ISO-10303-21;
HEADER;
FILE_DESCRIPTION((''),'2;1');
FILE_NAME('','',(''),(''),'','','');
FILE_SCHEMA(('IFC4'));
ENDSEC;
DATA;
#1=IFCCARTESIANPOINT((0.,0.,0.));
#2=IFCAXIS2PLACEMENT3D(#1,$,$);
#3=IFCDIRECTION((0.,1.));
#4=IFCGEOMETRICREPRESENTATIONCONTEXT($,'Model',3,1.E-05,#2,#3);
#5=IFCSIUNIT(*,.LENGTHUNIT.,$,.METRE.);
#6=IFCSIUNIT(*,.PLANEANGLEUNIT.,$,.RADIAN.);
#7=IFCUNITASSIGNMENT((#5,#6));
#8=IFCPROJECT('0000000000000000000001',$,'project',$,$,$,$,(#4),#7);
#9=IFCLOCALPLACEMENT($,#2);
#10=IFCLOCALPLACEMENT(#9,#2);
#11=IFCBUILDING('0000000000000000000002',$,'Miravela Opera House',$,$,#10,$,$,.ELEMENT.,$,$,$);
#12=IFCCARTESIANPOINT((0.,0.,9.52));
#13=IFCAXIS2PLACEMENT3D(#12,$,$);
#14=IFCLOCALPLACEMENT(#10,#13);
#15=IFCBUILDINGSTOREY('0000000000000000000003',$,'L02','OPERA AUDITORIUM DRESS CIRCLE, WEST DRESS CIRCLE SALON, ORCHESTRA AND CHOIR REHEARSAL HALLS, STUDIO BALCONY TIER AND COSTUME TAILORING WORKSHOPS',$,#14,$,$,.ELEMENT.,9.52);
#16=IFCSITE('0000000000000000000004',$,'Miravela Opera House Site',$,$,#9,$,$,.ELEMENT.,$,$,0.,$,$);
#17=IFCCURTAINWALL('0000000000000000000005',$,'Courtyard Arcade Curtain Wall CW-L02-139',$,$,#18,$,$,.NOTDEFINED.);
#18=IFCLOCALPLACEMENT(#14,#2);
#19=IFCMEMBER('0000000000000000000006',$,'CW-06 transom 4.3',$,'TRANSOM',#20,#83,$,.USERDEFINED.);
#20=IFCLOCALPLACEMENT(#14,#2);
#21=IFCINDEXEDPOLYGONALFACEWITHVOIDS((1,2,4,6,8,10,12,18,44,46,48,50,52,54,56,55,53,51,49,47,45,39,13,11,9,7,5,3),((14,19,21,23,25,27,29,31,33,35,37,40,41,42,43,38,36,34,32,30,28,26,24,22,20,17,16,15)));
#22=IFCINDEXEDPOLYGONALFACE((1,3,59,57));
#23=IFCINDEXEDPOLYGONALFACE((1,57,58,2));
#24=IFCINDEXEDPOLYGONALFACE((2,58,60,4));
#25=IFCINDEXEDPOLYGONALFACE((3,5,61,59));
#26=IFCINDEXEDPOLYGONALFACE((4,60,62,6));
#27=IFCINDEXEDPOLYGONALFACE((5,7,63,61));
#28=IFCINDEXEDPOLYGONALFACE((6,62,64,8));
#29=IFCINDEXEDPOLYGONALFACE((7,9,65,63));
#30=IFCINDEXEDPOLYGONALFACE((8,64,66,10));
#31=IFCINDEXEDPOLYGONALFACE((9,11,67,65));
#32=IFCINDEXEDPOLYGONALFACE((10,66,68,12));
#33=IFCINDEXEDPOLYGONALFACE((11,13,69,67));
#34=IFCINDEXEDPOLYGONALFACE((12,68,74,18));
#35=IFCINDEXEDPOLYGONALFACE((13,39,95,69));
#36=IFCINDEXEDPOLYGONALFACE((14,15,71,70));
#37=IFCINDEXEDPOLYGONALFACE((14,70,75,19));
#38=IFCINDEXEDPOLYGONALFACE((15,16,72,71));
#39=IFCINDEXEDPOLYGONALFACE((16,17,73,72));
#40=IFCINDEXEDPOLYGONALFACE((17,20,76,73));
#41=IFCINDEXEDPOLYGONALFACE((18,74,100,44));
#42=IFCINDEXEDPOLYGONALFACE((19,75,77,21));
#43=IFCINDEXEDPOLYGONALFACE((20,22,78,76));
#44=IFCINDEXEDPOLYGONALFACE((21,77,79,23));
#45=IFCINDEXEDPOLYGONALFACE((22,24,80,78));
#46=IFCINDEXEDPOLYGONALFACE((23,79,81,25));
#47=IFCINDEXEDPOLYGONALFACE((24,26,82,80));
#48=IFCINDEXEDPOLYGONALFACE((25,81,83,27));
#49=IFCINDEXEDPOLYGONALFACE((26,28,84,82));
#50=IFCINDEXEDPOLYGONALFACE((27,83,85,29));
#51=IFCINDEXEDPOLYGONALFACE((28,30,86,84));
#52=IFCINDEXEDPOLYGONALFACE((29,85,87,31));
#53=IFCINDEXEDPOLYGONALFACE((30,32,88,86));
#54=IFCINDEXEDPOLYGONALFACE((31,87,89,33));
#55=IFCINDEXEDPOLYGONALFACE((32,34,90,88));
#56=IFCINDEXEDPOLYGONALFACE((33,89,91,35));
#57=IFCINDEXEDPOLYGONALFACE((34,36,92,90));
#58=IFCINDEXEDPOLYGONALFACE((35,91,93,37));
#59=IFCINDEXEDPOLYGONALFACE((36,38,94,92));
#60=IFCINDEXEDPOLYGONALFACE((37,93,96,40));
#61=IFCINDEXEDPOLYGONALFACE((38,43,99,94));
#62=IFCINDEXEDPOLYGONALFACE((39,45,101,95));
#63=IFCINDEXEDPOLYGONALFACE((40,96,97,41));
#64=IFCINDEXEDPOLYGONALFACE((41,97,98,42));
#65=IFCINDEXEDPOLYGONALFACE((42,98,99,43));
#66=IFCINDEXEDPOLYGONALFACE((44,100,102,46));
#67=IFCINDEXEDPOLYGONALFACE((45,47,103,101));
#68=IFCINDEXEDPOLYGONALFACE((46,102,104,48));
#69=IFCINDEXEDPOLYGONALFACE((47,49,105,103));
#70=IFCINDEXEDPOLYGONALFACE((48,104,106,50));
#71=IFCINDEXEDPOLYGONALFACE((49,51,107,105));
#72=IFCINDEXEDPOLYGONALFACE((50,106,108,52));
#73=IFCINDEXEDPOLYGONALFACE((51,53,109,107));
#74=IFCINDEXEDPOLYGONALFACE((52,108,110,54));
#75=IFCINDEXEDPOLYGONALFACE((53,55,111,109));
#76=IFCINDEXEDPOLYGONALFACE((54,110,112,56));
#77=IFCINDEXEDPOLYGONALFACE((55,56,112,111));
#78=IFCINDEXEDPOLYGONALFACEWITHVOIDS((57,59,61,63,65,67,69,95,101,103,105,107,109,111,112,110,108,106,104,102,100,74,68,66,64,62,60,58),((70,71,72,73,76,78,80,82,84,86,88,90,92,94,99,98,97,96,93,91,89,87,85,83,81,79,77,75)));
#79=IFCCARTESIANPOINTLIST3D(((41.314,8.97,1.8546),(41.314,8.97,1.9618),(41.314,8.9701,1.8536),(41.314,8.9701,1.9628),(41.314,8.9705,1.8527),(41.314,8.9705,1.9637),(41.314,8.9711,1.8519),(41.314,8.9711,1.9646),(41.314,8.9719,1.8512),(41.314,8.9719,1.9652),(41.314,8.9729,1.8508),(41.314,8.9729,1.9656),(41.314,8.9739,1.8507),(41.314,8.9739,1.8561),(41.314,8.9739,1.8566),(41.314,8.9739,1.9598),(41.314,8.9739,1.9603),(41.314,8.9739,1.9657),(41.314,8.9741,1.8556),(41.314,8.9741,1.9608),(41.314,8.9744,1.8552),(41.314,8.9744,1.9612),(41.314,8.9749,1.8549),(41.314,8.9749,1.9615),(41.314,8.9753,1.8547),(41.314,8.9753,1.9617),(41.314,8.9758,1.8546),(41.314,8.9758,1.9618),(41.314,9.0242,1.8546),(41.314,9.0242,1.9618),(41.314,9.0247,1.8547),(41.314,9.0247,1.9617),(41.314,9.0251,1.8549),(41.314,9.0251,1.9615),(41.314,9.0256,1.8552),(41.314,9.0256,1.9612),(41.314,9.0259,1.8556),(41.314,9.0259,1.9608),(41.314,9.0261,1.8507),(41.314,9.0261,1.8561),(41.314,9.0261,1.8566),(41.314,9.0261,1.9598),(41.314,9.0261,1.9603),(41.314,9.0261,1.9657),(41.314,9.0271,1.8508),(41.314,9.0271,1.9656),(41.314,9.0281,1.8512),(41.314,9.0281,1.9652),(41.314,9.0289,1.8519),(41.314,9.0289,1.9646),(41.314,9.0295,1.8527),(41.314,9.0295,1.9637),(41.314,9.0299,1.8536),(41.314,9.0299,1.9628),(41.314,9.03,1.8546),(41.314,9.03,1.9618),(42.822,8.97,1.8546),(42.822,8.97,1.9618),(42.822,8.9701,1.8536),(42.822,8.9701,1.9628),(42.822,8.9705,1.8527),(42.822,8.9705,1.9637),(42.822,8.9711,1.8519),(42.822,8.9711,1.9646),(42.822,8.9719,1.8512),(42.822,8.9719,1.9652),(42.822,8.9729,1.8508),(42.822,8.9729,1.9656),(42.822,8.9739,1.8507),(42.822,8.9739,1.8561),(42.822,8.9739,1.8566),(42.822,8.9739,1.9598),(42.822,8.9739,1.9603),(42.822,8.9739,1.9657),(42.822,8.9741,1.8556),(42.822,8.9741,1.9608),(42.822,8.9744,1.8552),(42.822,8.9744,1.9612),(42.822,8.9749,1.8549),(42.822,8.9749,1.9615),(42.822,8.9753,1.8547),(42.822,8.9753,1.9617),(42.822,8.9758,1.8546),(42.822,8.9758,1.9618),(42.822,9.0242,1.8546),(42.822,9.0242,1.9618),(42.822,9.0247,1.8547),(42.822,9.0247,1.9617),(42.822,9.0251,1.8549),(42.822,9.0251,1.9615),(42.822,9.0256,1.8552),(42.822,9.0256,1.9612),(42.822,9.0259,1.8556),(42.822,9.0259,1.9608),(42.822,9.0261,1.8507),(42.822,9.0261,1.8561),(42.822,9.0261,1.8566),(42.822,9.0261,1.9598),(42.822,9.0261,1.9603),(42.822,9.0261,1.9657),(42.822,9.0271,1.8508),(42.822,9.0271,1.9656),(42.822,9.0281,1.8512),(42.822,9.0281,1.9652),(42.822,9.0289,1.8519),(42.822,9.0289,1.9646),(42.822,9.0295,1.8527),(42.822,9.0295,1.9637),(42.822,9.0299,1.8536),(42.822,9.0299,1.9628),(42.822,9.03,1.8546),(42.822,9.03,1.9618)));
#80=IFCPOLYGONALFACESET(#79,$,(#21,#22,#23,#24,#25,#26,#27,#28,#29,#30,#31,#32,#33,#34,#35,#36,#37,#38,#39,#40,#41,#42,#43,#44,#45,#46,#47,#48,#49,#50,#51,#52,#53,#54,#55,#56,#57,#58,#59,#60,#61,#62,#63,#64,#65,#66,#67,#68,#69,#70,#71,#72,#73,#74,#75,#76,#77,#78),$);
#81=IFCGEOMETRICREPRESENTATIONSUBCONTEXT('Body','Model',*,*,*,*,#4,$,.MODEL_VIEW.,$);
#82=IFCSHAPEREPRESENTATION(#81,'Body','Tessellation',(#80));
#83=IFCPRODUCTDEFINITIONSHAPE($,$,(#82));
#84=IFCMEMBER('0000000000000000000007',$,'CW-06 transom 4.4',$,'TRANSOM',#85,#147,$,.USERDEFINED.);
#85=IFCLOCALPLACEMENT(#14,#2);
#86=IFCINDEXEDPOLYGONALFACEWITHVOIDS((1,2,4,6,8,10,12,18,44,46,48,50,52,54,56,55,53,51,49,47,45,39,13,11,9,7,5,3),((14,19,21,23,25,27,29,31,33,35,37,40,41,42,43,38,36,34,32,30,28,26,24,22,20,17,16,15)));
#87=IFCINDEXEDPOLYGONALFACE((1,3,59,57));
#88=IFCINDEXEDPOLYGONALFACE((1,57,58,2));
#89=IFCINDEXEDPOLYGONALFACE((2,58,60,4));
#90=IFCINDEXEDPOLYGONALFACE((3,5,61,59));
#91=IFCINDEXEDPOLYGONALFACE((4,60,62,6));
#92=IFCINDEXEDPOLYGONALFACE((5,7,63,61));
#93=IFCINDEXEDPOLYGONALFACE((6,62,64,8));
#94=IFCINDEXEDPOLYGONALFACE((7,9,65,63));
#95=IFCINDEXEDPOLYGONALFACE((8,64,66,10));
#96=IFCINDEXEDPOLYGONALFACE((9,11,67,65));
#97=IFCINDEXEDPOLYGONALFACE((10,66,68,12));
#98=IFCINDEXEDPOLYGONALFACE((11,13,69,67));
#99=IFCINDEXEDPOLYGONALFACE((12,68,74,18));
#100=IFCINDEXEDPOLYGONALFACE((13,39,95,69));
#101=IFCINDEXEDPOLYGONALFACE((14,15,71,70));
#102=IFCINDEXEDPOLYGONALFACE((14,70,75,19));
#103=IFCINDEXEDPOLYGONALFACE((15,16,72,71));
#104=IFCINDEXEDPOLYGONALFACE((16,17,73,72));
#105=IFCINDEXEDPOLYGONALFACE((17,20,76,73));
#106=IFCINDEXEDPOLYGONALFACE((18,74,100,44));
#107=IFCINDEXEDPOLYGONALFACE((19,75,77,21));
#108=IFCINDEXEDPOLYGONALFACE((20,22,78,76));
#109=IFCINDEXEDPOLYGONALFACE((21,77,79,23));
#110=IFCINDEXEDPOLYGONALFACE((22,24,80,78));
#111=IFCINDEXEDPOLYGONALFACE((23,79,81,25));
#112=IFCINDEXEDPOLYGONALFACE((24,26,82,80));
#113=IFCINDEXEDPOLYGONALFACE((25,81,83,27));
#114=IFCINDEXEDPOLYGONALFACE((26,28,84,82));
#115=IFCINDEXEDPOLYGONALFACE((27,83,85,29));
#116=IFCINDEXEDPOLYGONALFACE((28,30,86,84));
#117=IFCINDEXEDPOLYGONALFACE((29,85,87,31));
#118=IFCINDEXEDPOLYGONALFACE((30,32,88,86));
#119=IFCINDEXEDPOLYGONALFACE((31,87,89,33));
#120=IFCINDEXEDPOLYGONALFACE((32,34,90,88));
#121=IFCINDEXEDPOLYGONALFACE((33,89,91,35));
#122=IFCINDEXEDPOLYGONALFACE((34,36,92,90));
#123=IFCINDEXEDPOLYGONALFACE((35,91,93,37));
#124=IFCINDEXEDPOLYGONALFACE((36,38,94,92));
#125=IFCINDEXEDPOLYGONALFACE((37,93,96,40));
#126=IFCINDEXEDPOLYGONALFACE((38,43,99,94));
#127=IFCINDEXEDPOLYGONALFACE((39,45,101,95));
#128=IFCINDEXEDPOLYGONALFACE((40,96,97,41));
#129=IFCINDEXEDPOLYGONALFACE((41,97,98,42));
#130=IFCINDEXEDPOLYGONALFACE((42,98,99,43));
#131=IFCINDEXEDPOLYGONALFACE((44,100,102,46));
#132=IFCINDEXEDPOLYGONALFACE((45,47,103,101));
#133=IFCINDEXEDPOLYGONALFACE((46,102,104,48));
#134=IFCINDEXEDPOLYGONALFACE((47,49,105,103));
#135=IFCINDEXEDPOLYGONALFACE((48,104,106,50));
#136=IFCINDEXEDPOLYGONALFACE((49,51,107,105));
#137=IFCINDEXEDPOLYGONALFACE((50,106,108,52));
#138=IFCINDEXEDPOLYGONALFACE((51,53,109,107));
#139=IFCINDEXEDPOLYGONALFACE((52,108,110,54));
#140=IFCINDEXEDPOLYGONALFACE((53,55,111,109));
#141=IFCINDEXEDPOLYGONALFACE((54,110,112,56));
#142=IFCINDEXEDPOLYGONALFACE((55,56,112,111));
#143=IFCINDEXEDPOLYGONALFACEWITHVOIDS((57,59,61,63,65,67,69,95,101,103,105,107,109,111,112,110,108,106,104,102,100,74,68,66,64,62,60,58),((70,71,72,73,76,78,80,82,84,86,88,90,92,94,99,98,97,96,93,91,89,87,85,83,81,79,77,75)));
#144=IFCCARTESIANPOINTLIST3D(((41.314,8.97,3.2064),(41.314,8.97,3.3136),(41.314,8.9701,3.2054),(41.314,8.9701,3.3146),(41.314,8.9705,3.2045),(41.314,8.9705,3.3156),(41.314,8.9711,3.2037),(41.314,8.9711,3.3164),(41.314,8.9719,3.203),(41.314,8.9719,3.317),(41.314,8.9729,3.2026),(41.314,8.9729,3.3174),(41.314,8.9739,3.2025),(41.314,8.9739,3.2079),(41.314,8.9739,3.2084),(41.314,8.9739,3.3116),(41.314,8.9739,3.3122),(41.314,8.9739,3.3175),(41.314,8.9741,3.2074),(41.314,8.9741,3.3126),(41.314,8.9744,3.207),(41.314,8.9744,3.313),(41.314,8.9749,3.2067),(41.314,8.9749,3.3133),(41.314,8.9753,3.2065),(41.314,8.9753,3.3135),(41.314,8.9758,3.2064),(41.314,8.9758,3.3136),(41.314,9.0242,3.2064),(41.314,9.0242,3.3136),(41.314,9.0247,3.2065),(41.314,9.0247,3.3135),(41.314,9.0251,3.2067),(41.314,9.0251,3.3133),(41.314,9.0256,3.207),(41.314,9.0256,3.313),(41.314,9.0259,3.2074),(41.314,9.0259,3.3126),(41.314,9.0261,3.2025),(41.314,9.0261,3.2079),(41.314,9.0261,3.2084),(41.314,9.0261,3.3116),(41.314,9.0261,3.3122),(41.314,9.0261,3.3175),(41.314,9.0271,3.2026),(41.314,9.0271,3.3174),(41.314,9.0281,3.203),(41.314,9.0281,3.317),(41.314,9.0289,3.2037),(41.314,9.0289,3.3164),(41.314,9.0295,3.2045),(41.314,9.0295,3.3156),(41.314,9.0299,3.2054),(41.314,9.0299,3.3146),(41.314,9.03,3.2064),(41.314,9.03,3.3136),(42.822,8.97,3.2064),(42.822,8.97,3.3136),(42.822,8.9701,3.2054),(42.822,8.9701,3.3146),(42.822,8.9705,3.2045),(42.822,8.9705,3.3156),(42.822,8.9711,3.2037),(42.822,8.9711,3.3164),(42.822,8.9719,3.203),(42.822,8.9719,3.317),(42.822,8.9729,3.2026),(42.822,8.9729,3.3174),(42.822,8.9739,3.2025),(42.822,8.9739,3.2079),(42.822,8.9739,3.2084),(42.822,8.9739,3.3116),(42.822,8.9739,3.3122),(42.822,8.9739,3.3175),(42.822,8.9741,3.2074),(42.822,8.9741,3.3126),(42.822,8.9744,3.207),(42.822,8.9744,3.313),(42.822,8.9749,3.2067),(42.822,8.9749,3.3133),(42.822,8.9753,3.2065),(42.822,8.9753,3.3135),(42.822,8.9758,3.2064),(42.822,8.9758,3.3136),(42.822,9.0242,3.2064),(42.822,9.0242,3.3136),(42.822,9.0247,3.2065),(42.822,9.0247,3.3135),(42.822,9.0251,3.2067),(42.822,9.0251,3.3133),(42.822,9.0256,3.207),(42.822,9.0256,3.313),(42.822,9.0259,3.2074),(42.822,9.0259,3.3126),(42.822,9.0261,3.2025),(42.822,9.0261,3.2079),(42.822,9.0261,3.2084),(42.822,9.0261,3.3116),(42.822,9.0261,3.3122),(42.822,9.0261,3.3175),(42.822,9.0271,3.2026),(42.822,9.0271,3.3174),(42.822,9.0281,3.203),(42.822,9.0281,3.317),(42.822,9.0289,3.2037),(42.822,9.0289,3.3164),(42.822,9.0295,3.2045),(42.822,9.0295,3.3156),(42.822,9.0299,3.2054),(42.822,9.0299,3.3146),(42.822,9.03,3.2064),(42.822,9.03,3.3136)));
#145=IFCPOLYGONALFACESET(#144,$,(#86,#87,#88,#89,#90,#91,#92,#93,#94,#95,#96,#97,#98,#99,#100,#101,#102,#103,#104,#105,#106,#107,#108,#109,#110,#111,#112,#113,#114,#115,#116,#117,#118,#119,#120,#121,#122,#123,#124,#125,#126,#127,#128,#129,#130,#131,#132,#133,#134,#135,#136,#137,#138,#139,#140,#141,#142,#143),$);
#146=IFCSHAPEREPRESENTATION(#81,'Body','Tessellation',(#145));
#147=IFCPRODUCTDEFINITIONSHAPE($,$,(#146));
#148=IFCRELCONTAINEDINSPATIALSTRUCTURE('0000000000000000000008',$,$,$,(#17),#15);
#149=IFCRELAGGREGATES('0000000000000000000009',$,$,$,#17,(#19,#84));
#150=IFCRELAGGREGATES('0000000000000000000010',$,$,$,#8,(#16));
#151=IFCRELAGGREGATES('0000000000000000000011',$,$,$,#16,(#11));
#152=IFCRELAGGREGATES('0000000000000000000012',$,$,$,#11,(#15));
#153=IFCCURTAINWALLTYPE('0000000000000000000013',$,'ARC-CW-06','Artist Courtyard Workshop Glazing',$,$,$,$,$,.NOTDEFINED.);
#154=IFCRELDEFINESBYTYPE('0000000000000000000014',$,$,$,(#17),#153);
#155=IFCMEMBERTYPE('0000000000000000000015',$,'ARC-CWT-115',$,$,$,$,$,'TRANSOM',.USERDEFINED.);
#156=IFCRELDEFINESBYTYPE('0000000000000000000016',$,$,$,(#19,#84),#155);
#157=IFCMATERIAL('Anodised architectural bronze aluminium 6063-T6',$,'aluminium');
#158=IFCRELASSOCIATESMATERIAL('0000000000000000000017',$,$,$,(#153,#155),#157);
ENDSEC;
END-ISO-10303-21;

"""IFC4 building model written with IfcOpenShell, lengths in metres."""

from ifc_helpers import new_model, si_unit, direction, frame, origin, origin_2d, place, context, subcontext, project, spatial, hollow_rectangle, extrude, material, material_profile, profile_set, type_object, element, aggregate, save


model = new_model("IFC4")

# Units and contexts
model_context = context("Model", 3, precision=1e-05, world=origin(), true_north=direction((0.0, 1.0)))
body_context = subcontext(model_context, "Body", "Model", "MODEL_VIEW")
ifc_project = project(units=[si_unit("LENGTHUNIT", "METRE"), si_unit("PLANEANGLEUNIT", "RADIAN")], contexts=[model_context])

# Site, building, storey
site_placement = place(None, origin())
site = spatial("IfcSite", under=ifc_project, at=site_placement, Name="Miravela Opera House Site", CompositionType="ELEMENT", RefElevation=0.0)
building_placement = place(site_placement, origin())
building = spatial("IfcBuilding", under=site, at=building_placement, Name="Miravela Opera House", CompositionType="ELEMENT")
storey_placement = place(building_placement, frame((0.0, 0.0, 9.52)))
storey = spatial("IfcBuildingStorey", under=building, at=storey_placement, Name="L02", Description="OPERA AUDITORIUM DRESS CIRCLE, WEST DRESS CIRCLE SALON, ORCHESTRA AND CHOIR REHEARSAL HALLS, STUDIO BALCONY TIER AND COSTUME TAILORING WORKSHOPS", CompositionType="ELEMENT", Elevation=9.52)

# Curtain wall
ifc_material_1 = material(Name="Anodised architectural bronze aluminium 6063-T6", Category="aluminium")
curtain_wall_type = type_object("IfcCurtainWallType", Name="ARC-CW-06", Description="Artist Courtyard Workshop Glazing", PredefinedType="NOTDEFINED", material=ifc_material_1)
curtain_wall_1_placement = place(storey_placement, origin())
curtain_wall_1 = element("IfcCurtainWall", 1, at=curtain_wall_1_placement, inside=storey, type_object=curtain_wall_type, Name="Courtyard Arcade Curtain Wall CW-L02-139", PredefinedType="NOTDEFINED")

# Members
ifc_material_profile_1 = material_profile(ifc_material_1, hollow_rectangle(XDim=0.0601, YDim=0.115, WallThickness=0.0039, InnerFilletRadius=0.002, OuterFilletRadius=0.0039, at=origin_2d()), Name="CWT-60X115")
ifc_profile_set_1 = profile_set([ifc_material_profile_1])
member_type_1 = type_object("IfcMemberType", Name="ARC-CWT-115", ElementType="TRANSOM", PredefinedType="USERDEFINED", material=ifc_profile_set_1)
member_1_placement = place(storey_placement, frame((41.314, 9.0, 1.9082), z_axis=(1.0, 0.0, 0.0), x_axis=(0.0, 1.0, 0.0)))
member_1 = element("IfcMember", 2, at=member_1_placement, type_object=member_type_1, Name="CW-06 transom 4.3", ObjectType="TRANSOM", PredefinedType="USERDEFINED", context=body_context, shape_type="SweptSolid", body=[
    extrude(hollow_rectangle(XDim=0.0601, YDim=0.115, WallThickness=0.0039, InnerFilletRadius=0.002, OuterFilletRadius=0.0039, at=origin_2d()), origin(), (0.0, 0.0, 1.0), 1.5081),
])
member_2_placement = place(storey_placement, frame((41.314, 9.0, 3.26), z_axis=(1.0, 0.0, 0.0), x_axis=(0.0, 1.0, 0.0)))
member_2 = element("IfcMember", 3, at=member_2_placement, type_object=member_type_1, Name="CW-06 transom 4.4", ObjectType="TRANSOM", PredefinedType="USERDEFINED", context=body_context, shape_type="SweptSolid", body=[
    extrude(hollow_rectangle(XDim=0.0601, YDim=0.115, WallThickness=0.0039, InnerFilletRadius=0.002, OuterFilletRadius=0.0039, at=origin_2d()), origin(), (0.0, 0.0, 1.0), 1.5081),
])

aggregate(curtain_wall_1, [member_1, member_2])

save(model, "model.ifc")
